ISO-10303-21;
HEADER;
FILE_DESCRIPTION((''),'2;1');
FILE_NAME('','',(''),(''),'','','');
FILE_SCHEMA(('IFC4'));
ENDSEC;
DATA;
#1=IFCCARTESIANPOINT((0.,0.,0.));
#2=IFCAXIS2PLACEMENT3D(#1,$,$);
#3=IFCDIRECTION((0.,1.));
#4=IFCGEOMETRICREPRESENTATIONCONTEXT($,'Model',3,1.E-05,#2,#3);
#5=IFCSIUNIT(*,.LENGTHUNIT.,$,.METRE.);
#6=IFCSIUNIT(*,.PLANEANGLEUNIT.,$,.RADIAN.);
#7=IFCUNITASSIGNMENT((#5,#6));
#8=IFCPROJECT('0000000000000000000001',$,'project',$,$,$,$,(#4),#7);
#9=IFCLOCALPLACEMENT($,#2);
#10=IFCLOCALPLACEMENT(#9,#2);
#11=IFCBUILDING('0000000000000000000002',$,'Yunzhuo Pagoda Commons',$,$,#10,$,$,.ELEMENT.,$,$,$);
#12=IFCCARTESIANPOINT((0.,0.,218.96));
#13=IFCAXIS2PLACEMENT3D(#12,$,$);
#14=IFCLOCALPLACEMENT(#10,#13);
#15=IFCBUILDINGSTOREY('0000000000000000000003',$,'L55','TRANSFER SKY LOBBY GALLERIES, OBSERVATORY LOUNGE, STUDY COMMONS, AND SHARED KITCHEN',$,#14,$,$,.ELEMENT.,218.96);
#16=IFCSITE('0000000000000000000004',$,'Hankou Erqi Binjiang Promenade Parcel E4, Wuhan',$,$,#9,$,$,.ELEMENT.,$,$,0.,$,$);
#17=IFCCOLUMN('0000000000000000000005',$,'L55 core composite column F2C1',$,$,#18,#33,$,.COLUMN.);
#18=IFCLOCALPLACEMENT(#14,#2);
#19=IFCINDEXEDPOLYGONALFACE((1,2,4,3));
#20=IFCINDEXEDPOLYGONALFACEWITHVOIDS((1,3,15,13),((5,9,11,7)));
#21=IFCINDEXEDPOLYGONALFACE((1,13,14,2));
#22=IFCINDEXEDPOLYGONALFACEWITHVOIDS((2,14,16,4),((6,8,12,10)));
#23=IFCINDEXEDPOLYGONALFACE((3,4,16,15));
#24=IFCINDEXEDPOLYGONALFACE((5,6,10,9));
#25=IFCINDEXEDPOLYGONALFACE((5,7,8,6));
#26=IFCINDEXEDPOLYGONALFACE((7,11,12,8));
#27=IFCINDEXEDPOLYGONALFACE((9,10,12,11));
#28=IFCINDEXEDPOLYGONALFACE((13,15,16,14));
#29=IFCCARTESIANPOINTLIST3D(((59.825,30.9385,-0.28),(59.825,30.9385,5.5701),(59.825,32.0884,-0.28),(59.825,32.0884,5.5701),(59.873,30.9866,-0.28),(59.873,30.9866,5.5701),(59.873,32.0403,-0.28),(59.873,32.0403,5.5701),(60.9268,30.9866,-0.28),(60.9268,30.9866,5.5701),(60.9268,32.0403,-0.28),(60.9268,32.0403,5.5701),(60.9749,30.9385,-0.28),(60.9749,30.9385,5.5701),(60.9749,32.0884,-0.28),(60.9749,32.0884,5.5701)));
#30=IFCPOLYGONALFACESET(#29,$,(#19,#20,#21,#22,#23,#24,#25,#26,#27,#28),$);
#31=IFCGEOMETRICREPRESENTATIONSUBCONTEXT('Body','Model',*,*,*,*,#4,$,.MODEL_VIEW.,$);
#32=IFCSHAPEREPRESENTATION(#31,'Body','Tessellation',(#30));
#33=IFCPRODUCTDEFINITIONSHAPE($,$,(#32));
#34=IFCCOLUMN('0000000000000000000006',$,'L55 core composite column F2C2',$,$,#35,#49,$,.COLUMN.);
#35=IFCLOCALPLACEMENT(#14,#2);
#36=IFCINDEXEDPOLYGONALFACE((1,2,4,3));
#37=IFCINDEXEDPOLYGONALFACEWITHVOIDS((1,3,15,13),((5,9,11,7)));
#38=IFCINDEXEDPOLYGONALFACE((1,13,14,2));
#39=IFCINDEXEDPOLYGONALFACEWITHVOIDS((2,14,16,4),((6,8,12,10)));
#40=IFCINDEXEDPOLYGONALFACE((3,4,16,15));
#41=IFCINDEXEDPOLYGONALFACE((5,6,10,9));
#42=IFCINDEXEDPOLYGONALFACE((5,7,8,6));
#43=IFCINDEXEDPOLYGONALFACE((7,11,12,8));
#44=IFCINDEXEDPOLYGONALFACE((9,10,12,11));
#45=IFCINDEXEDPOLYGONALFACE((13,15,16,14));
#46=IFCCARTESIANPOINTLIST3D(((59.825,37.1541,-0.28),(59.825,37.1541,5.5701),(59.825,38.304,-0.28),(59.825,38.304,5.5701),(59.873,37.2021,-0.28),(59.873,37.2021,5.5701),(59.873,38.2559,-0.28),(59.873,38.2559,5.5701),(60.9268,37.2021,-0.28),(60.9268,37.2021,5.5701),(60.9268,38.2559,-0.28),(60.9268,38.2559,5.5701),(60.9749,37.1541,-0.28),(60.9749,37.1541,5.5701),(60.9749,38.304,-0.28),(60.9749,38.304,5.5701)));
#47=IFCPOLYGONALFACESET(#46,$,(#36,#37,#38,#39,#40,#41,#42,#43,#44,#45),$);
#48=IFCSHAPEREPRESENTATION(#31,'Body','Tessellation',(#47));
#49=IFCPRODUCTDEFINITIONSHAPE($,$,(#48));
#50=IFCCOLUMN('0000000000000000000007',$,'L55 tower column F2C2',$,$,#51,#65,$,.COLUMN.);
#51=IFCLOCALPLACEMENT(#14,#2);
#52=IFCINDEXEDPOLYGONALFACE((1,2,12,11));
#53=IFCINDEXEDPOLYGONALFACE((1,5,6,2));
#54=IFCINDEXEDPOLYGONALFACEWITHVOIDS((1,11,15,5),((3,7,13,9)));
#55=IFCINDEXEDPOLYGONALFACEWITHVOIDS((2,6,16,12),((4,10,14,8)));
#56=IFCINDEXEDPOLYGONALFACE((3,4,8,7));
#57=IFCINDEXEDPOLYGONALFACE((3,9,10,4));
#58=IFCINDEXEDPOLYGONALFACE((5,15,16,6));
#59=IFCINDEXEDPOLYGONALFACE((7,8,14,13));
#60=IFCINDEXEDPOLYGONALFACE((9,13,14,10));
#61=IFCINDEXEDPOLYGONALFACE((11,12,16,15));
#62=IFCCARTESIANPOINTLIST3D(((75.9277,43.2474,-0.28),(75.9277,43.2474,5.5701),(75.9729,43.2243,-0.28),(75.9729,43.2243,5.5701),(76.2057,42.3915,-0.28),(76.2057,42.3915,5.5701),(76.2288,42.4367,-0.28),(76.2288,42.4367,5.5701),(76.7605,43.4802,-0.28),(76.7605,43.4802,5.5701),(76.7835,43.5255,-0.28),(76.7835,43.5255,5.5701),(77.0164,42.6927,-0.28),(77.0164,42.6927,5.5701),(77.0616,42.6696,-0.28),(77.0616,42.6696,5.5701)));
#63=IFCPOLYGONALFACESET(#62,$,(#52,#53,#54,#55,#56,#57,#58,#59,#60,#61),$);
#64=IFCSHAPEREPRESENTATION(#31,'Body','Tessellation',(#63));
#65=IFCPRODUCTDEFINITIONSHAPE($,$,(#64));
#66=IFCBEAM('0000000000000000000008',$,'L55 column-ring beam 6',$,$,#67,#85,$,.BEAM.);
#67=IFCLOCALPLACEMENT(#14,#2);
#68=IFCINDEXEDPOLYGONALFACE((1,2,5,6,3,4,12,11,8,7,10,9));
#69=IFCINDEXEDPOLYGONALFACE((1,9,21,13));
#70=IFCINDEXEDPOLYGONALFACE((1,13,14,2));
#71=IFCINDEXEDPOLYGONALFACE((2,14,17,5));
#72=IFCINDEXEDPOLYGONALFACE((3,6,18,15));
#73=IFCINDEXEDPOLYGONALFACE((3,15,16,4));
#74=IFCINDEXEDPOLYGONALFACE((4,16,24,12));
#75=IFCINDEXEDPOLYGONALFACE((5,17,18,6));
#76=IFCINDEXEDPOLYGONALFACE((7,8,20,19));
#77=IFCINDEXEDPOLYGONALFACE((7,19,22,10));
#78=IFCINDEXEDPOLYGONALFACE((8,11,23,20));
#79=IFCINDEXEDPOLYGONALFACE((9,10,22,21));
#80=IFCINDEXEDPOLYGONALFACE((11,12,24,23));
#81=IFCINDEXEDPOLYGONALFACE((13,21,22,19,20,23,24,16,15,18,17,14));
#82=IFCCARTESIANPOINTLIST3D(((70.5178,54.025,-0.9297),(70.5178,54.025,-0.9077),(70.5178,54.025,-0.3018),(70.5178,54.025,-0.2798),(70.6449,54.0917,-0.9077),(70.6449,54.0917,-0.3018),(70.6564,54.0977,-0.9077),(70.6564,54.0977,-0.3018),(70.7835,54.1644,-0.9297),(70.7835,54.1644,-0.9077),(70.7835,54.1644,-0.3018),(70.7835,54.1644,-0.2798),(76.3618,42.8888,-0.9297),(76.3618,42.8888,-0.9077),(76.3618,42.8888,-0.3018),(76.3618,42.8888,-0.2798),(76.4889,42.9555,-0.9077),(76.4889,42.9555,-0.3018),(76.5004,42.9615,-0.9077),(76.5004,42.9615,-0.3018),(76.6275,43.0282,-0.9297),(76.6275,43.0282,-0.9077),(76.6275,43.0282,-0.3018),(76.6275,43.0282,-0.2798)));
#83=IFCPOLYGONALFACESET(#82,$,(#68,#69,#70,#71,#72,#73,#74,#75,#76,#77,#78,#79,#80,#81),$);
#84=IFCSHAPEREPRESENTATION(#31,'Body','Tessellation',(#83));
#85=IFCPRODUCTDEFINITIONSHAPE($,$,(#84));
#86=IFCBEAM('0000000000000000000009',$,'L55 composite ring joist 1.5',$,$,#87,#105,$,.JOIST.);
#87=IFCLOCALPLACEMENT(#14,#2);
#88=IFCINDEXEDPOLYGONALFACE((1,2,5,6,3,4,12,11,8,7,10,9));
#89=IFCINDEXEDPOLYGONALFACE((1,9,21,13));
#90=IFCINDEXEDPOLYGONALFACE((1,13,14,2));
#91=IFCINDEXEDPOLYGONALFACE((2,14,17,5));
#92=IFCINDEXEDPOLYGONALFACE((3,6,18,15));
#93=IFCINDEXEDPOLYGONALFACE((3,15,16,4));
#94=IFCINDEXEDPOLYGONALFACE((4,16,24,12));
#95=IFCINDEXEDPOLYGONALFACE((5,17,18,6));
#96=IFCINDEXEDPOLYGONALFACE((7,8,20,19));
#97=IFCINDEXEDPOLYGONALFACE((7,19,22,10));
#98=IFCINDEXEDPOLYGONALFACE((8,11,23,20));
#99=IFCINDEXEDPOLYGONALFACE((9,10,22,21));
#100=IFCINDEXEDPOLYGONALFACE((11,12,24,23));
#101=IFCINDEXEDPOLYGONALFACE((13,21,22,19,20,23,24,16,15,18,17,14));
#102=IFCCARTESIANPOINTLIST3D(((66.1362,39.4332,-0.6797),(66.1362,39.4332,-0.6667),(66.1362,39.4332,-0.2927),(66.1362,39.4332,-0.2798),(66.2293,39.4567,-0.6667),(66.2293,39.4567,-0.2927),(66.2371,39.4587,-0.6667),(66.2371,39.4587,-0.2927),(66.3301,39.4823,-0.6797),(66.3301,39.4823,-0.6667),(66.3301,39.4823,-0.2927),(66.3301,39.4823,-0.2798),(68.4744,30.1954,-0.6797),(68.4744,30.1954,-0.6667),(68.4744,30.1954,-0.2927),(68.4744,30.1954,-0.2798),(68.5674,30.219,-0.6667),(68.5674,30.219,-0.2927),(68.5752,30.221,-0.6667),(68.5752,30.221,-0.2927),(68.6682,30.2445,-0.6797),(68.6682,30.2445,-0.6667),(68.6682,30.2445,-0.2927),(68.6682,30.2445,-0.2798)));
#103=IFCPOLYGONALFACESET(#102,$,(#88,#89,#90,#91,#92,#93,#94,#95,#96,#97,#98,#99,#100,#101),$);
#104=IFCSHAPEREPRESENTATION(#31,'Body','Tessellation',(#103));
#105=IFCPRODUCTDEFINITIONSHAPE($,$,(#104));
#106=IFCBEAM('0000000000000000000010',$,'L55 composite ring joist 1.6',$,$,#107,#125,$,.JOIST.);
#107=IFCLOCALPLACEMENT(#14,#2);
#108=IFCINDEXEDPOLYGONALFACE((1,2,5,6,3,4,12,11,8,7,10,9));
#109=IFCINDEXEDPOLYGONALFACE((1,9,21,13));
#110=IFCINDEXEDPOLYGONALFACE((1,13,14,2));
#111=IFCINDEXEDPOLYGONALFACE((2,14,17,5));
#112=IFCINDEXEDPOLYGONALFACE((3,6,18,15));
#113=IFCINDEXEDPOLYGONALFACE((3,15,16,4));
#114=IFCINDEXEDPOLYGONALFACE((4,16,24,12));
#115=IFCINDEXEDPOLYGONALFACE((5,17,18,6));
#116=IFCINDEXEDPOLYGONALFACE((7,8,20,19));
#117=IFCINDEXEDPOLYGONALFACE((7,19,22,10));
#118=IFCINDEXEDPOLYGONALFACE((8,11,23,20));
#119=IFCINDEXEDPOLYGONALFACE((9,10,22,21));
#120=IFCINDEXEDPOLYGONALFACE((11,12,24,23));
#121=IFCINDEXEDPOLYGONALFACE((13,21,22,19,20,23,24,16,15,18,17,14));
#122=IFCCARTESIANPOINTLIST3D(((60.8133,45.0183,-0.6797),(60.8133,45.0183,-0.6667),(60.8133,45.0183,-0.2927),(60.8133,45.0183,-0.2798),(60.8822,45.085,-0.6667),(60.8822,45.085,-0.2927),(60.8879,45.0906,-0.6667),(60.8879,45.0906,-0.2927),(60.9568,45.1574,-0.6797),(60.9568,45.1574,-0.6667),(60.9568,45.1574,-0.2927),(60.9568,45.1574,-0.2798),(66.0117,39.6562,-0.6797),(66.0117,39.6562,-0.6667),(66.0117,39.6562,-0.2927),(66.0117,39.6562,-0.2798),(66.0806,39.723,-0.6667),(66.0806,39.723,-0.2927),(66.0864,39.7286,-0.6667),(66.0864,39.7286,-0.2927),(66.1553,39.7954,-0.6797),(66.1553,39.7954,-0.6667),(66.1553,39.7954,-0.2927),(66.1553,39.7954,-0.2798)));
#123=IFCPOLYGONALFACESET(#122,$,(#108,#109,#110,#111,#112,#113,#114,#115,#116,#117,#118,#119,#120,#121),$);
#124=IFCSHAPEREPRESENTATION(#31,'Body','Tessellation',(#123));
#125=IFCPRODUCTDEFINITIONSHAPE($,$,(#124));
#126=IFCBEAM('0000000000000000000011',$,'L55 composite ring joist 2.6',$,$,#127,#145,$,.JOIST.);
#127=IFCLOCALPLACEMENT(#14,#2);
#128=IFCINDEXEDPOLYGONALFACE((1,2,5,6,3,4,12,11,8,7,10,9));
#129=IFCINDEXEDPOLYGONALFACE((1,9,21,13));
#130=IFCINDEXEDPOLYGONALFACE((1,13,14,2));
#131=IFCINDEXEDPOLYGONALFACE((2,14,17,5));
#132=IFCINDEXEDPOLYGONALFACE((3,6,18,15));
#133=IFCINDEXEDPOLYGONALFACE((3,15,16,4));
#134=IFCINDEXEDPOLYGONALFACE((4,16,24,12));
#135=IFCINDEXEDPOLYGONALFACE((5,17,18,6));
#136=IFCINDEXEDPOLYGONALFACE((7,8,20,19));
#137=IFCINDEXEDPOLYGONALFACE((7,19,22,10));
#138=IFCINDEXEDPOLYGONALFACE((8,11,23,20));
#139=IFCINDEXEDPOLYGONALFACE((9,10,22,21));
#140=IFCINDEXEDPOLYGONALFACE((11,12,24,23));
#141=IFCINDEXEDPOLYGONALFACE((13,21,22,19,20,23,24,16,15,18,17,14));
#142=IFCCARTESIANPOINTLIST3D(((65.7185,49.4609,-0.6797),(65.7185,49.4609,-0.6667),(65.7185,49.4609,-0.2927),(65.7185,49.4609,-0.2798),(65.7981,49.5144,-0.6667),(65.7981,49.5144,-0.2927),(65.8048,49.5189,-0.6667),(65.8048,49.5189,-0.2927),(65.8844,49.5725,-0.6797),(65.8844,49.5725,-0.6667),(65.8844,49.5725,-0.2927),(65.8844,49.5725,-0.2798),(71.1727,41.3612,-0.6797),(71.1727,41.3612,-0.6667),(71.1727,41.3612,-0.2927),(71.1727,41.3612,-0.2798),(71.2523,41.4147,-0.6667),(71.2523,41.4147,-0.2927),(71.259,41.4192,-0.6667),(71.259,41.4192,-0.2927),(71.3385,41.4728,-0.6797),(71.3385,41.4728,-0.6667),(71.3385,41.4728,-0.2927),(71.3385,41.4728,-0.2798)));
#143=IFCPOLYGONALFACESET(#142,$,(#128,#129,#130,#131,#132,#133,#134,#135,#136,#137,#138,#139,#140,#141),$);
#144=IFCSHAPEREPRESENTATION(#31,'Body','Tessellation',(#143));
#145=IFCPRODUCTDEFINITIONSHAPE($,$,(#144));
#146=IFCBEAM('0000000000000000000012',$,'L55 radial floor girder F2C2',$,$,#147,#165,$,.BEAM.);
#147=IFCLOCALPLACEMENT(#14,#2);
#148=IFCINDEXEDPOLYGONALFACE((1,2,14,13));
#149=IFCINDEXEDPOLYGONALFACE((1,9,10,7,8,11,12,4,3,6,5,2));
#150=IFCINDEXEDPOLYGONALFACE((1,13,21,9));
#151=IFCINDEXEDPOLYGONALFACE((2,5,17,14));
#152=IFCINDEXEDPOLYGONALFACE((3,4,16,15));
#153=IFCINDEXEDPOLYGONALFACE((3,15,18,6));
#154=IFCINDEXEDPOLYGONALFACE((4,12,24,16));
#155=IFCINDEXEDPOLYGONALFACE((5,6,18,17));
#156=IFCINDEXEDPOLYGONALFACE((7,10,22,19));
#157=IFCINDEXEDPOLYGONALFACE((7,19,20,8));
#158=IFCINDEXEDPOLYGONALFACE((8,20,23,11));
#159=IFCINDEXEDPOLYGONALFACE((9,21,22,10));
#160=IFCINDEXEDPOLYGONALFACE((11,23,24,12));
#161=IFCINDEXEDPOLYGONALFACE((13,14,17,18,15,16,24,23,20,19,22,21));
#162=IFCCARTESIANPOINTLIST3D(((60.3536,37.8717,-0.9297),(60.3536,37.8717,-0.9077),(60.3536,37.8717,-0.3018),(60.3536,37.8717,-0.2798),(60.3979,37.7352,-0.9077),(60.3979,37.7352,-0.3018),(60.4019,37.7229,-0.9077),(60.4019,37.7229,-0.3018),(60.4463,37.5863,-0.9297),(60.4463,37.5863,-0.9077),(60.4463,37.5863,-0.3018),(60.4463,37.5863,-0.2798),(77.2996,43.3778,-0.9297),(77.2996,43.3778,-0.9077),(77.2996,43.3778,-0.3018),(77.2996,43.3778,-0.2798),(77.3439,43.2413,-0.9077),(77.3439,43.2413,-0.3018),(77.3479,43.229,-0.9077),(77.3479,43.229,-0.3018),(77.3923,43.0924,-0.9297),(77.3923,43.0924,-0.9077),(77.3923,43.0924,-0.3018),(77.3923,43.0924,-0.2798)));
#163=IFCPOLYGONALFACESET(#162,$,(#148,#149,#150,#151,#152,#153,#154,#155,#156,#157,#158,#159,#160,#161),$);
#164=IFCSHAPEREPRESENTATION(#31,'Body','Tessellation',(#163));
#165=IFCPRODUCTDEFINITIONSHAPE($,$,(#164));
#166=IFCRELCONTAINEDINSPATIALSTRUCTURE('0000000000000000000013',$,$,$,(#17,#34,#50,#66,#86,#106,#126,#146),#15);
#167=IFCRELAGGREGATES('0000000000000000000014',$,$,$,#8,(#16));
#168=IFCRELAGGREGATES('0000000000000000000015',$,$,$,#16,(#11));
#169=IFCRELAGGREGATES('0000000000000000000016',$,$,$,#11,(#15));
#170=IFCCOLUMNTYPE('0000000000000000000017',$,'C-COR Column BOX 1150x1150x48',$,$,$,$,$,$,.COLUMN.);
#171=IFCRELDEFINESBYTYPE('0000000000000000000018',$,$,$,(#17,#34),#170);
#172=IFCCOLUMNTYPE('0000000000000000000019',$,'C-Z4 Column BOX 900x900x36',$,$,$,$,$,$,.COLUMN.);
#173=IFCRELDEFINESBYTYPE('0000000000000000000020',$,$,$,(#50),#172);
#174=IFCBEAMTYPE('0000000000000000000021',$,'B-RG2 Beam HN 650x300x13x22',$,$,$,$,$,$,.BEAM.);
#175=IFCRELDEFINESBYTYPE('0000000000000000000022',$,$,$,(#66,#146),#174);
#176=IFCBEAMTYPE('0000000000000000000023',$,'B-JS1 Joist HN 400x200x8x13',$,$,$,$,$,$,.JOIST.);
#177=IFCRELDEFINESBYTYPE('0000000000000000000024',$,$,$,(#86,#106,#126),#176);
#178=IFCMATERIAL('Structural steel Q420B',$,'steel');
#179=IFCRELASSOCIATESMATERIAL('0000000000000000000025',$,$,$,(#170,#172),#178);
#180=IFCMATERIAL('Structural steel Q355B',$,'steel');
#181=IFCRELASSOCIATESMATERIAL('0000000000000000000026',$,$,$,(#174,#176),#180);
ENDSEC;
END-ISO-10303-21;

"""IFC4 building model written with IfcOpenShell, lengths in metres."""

from ifc_helpers import new_model, si_unit, direction, frame, origin, origin_2d, place, context, subcontext, project, spatial, hollow_rectangle, i_section, extrude, source, transform, mapped, material, material_profile, profile_set, type_object, element, save


model = new_model("IFC4")

# Units and contexts
model_context = context("Model", 3, precision=1e-05, world=origin(), true_north=direction((0.0, 1.0)))
body_context = subcontext(model_context, "Body", "Model", "MODEL_VIEW")
ifc_project = project(units=[si_unit("LENGTHUNIT", "METRE"), si_unit("PLANEANGLEUNIT", "RADIAN")], contexts=[model_context])

# Site, building, storey
site_placement = place(None, origin())
site = spatial("IfcSite", under=ifc_project, at=site_placement, Name="Hankou Erqi Binjiang Promenade Parcel E4, Wuhan", CompositionType="ELEMENT", RefElevation=0.0)
building_placement = place(site_placement, origin())
building = spatial("IfcBuilding", under=site, at=building_placement, Name="Yunzhuo Pagoda Commons", CompositionType="ELEMENT")
storey_placement = place(building_placement, frame((0.0, 0.0, 218.96)))
storey = spatial("IfcBuildingStorey", under=building, at=storey_placement, Name="L55", Description="TRANSFER SKY LOBBY GALLERIES, OBSERVATORY LOUNGE, STUDY COMMONS, AND SHARED KITCHEN", CompositionType="ELEMENT", Elevation=218.96)

# Columns
ifc_material_1 = material(Name="Structural steel Q420B", Category="steel")
ifc_material_profile_1 = material_profile(ifc_material_1, hollow_rectangle(XDim=1.1499, YDim=1.1499, WallThickness=0.0481, at=origin_2d()), Name="Structural steel Q420B")
ifc_profile_set_1 = profile_set([ifc_material_profile_1], Name="Structural steel Q420B")
column_type_1 = type_object("IfcColumnType", Name="C-COR Column BOX 1150x1150x48", PredefinedType="COLUMN", material=ifc_profile_set_1)
shared_shape_1 = source(origin(), body_context, "Body", "SweptSolid", [
    extrude(hollow_rectangle(XDim=1.1499, YDim=1.1499, WallThickness=0.0481, at=origin_2d()), origin(), (0.0, 0.0, 1.0), 5.8501),
])
for number, where, z_axis, x_axis, name in (
    (1, (60.3999, 31.5134, -0.28), (0.0, 0.0, 1.0), (1.0, 0.0, 0.0), "L55 core composite column F2C1"),
    (2, (60.3999, 37.729, -0.28), (0.0, 0.0, 1.0), (1.0, 0.0, 0.0), "L55 core composite column F2C2"),
):
    element("IfcColumn", number, at=place(storey_placement, frame(where, z_axis=z_axis, x_axis=x_axis)), inside=storey, type_object=column_type_1, Name=name, PredefinedType="COLUMN", context=body_context, shape_type="MappedRepresentation", body=[
        mapped(shared_shape_1, transform((0.0, 0.0, 0.0), scale=1.0)),
    ])
ifc_material_profile_2 = material_profile(ifc_material_1, hollow_rectangle(XDim=0.8999, YDim=0.8999, WallThickness=0.0359, at=origin_2d()), Name="Structural steel Q420B")
ifc_profile_set_2 = profile_set([ifc_material_profile_2], Name="Structural steel Q420B")
column_type_2 = type_object("IfcColumnType", Name="C-Z4 Column BOX 900x900x36", PredefinedType="COLUMN", material=ifc_profile_set_2)
shared_shape_2 = source(origin(), body_context, "Body", "SweptSolid", [
    extrude(hollow_rectangle(XDim=0.8999, YDim=0.8999, WallThickness=0.0359, at=origin_2d()), origin(), (0.0, 0.0, 1.0), 5.8501),
])
column_placement = place(storey_placement, frame((76.4946, 42.9585, -0.28), z_axis=(0.0, 0.0, 1.0), x_axis=(-0.309017, 0.951057, 0.0)))
element("IfcColumn", 3, at=column_placement, inside=storey, type_object=column_type_2, Name="L55 tower column F2C2", PredefinedType="COLUMN", context=body_context, shape_type="MappedRepresentation", body=[
    mapped(shared_shape_2, transform((0.0, 0.0, 0.0), scale=1.0)),
])

# Beams
ifc_material_2 = material(Name="Structural steel Q355B", Category="steel")
ifc_material_profile_3 = material_profile(ifc_material_2, i_section(OverallWidth=0.3, OverallDepth=0.6499, WebThickness=0.0129, FlangeThickness=0.022, at=origin_2d()), Name="Structural steel Q355B")
ifc_profile_set_3 = profile_set([ifc_material_profile_3], Name="Structural steel Q355B")
beam_type_1 = type_object("IfcBeamType", Name="B-RG2 Beam HN 650x300x13x22", PredefinedType="BEAM", material=ifc_profile_set_3)
shared_shape_3 = source(origin(), body_context, "Body", "SweptSolid", [
    extrude(i_section(OverallWidth=0.3, OverallDepth=0.6499, WebThickness=0.0129, FlangeThickness=0.022, at=origin_2d()), origin(), (0.0, 0.0, 1.0), 12.5764),
])
beam_1_placement = place(storey_placement, frame((76.4946, 42.9585, -0.6047), z_axis=(-0.464676, 0.885481, 0.0), x_axis=(-0.885481, -0.464676, 0.0)))
element("IfcBeam", 4, at=beam_1_placement, inside=storey, type_object=beam_type_1, Name="L55 column-ring beam 6", PredefinedType="BEAM", context=body_context, shape_type="MappedRepresentation", body=[
    mapped(shared_shape_3, transform((0.0, 0.0, 0.0), scale=1.0)),
])
ifc_material_profile_4 = material_profile(ifc_material_2, i_section(OverallWidth=0.2, OverallDepth=0.3999, WebThickness=0.0081, FlangeThickness=0.0129, at=origin_2d()), Name="Structural steel Q355B")
ifc_profile_set_4 = profile_set([ifc_material_profile_4], Name="Structural steel Q355B")
beam_type_2 = type_object("IfcBeamType", Name="B-JS1 Joist HN 400x200x8x13", PredefinedType="JOIST", material=ifc_profile_set_4)
shared_shape_4 = source(origin(), body_context, "Body", "SweptSolid", [
    extrude(i_section(OverallWidth=0.2, OverallDepth=0.3999, WebThickness=0.0081, FlangeThickness=0.0129, at=origin_2d()), origin(), (0.0, 0.0, 1.0), 9.5291),
])
beam_2_placement = place(storey_placement, frame((68.5713, 30.22, -0.4797), z_axis=(-0.245368, 0.96943, 0.0), x_axis=(-0.96943, -0.245368, 0.0)))
element("IfcBeam", 5, at=beam_2_placement, inside=storey, type_object=beam_type_2, Name="L55 composite ring joist 1.5", PredefinedType="JOIST", context=body_context, shape_type="MappedRepresentation", body=[
    mapped(shared_shape_4, transform((0.0, 0.0, 0.0), scale=1.0)),
])
shared_shape_5 = source(origin(), body_context, "Body", "SweptSolid", [
    extrude(i_section(OverallWidth=0.2, OverallDepth=0.3999, WebThickness=0.0081, FlangeThickness=0.0129, at=origin_2d()), origin(), (0.0, 0.0, 1.0), 7.4683),
])
beam_3_placement = place(storey_placement, frame((66.0835, 39.7258, -0.4797), z_axis=(-0.696071, 0.717973, 0.0), x_axis=(-0.717973, -0.696071, 0.0)))
element("IfcBeam", 6, at=beam_3_placement, inside=storey, type_object=beam_type_2, Name="L55 composite ring joist 1.6", PredefinedType="JOIST", context=body_context, shape_type="MappedRepresentation", body=[
    mapped(shared_shape_5, transform((0.0, 0.0, 0.0), scale=1.0)),
])
shared_shape_6 = source(origin(), body_context, "Body", "SweptSolid", [
    extrude(i_section(OverallWidth=0.2, OverallDepth=0.3999, WebThickness=0.0081, FlangeThickness=0.0129, at=origin_2d()), origin(), (0.0, 0.0, 1.0), 9.7649),
])
beam_4_placement = place(storey_placement, frame((71.2556, 41.417, -0.4797), z_axis=(-0.558548, 0.829472, 0.0), x_axis=(-0.829472, -0.558548, 0.0)))
element("IfcBeam", 7, at=beam_4_placement, inside=storey, type_object=beam_type_2, Name="L55 composite ring joist 2.6", PredefinedType="JOIST", context=body_context, shape_type="MappedRepresentation", body=[
    mapped(shared_shape_6, transform((0.0, 0.0, 0.0), scale=1.0)),
])
shared_shape_7 = source(origin(), body_context, "Body", "SweptSolid", [
    extrude(i_section(OverallWidth=0.3, OverallDepth=0.6499, WebThickness=0.0129, FlangeThickness=0.022, at=origin_2d()), origin(), (0.0, 0.0, 1.0), 17.8181),
])
beam_5_placement = place(storey_placement, frame((77.3459, 43.2351, -0.6047), z_axis=(-0.951057, -0.309017, 0.0), x_axis=(0.309017, -0.951057, 0.0)))
element("IfcBeam", 8, at=beam_5_placement, inside=storey, type_object=beam_type_1, Name="L55 radial floor girder F2C2", PredefinedType="BEAM", context=body_context, shape_type="MappedRepresentation", body=[
    mapped(shared_shape_7, transform((0.0, 0.0, 0.0), scale=1.0)),
])

save(model, "model.ifc")
